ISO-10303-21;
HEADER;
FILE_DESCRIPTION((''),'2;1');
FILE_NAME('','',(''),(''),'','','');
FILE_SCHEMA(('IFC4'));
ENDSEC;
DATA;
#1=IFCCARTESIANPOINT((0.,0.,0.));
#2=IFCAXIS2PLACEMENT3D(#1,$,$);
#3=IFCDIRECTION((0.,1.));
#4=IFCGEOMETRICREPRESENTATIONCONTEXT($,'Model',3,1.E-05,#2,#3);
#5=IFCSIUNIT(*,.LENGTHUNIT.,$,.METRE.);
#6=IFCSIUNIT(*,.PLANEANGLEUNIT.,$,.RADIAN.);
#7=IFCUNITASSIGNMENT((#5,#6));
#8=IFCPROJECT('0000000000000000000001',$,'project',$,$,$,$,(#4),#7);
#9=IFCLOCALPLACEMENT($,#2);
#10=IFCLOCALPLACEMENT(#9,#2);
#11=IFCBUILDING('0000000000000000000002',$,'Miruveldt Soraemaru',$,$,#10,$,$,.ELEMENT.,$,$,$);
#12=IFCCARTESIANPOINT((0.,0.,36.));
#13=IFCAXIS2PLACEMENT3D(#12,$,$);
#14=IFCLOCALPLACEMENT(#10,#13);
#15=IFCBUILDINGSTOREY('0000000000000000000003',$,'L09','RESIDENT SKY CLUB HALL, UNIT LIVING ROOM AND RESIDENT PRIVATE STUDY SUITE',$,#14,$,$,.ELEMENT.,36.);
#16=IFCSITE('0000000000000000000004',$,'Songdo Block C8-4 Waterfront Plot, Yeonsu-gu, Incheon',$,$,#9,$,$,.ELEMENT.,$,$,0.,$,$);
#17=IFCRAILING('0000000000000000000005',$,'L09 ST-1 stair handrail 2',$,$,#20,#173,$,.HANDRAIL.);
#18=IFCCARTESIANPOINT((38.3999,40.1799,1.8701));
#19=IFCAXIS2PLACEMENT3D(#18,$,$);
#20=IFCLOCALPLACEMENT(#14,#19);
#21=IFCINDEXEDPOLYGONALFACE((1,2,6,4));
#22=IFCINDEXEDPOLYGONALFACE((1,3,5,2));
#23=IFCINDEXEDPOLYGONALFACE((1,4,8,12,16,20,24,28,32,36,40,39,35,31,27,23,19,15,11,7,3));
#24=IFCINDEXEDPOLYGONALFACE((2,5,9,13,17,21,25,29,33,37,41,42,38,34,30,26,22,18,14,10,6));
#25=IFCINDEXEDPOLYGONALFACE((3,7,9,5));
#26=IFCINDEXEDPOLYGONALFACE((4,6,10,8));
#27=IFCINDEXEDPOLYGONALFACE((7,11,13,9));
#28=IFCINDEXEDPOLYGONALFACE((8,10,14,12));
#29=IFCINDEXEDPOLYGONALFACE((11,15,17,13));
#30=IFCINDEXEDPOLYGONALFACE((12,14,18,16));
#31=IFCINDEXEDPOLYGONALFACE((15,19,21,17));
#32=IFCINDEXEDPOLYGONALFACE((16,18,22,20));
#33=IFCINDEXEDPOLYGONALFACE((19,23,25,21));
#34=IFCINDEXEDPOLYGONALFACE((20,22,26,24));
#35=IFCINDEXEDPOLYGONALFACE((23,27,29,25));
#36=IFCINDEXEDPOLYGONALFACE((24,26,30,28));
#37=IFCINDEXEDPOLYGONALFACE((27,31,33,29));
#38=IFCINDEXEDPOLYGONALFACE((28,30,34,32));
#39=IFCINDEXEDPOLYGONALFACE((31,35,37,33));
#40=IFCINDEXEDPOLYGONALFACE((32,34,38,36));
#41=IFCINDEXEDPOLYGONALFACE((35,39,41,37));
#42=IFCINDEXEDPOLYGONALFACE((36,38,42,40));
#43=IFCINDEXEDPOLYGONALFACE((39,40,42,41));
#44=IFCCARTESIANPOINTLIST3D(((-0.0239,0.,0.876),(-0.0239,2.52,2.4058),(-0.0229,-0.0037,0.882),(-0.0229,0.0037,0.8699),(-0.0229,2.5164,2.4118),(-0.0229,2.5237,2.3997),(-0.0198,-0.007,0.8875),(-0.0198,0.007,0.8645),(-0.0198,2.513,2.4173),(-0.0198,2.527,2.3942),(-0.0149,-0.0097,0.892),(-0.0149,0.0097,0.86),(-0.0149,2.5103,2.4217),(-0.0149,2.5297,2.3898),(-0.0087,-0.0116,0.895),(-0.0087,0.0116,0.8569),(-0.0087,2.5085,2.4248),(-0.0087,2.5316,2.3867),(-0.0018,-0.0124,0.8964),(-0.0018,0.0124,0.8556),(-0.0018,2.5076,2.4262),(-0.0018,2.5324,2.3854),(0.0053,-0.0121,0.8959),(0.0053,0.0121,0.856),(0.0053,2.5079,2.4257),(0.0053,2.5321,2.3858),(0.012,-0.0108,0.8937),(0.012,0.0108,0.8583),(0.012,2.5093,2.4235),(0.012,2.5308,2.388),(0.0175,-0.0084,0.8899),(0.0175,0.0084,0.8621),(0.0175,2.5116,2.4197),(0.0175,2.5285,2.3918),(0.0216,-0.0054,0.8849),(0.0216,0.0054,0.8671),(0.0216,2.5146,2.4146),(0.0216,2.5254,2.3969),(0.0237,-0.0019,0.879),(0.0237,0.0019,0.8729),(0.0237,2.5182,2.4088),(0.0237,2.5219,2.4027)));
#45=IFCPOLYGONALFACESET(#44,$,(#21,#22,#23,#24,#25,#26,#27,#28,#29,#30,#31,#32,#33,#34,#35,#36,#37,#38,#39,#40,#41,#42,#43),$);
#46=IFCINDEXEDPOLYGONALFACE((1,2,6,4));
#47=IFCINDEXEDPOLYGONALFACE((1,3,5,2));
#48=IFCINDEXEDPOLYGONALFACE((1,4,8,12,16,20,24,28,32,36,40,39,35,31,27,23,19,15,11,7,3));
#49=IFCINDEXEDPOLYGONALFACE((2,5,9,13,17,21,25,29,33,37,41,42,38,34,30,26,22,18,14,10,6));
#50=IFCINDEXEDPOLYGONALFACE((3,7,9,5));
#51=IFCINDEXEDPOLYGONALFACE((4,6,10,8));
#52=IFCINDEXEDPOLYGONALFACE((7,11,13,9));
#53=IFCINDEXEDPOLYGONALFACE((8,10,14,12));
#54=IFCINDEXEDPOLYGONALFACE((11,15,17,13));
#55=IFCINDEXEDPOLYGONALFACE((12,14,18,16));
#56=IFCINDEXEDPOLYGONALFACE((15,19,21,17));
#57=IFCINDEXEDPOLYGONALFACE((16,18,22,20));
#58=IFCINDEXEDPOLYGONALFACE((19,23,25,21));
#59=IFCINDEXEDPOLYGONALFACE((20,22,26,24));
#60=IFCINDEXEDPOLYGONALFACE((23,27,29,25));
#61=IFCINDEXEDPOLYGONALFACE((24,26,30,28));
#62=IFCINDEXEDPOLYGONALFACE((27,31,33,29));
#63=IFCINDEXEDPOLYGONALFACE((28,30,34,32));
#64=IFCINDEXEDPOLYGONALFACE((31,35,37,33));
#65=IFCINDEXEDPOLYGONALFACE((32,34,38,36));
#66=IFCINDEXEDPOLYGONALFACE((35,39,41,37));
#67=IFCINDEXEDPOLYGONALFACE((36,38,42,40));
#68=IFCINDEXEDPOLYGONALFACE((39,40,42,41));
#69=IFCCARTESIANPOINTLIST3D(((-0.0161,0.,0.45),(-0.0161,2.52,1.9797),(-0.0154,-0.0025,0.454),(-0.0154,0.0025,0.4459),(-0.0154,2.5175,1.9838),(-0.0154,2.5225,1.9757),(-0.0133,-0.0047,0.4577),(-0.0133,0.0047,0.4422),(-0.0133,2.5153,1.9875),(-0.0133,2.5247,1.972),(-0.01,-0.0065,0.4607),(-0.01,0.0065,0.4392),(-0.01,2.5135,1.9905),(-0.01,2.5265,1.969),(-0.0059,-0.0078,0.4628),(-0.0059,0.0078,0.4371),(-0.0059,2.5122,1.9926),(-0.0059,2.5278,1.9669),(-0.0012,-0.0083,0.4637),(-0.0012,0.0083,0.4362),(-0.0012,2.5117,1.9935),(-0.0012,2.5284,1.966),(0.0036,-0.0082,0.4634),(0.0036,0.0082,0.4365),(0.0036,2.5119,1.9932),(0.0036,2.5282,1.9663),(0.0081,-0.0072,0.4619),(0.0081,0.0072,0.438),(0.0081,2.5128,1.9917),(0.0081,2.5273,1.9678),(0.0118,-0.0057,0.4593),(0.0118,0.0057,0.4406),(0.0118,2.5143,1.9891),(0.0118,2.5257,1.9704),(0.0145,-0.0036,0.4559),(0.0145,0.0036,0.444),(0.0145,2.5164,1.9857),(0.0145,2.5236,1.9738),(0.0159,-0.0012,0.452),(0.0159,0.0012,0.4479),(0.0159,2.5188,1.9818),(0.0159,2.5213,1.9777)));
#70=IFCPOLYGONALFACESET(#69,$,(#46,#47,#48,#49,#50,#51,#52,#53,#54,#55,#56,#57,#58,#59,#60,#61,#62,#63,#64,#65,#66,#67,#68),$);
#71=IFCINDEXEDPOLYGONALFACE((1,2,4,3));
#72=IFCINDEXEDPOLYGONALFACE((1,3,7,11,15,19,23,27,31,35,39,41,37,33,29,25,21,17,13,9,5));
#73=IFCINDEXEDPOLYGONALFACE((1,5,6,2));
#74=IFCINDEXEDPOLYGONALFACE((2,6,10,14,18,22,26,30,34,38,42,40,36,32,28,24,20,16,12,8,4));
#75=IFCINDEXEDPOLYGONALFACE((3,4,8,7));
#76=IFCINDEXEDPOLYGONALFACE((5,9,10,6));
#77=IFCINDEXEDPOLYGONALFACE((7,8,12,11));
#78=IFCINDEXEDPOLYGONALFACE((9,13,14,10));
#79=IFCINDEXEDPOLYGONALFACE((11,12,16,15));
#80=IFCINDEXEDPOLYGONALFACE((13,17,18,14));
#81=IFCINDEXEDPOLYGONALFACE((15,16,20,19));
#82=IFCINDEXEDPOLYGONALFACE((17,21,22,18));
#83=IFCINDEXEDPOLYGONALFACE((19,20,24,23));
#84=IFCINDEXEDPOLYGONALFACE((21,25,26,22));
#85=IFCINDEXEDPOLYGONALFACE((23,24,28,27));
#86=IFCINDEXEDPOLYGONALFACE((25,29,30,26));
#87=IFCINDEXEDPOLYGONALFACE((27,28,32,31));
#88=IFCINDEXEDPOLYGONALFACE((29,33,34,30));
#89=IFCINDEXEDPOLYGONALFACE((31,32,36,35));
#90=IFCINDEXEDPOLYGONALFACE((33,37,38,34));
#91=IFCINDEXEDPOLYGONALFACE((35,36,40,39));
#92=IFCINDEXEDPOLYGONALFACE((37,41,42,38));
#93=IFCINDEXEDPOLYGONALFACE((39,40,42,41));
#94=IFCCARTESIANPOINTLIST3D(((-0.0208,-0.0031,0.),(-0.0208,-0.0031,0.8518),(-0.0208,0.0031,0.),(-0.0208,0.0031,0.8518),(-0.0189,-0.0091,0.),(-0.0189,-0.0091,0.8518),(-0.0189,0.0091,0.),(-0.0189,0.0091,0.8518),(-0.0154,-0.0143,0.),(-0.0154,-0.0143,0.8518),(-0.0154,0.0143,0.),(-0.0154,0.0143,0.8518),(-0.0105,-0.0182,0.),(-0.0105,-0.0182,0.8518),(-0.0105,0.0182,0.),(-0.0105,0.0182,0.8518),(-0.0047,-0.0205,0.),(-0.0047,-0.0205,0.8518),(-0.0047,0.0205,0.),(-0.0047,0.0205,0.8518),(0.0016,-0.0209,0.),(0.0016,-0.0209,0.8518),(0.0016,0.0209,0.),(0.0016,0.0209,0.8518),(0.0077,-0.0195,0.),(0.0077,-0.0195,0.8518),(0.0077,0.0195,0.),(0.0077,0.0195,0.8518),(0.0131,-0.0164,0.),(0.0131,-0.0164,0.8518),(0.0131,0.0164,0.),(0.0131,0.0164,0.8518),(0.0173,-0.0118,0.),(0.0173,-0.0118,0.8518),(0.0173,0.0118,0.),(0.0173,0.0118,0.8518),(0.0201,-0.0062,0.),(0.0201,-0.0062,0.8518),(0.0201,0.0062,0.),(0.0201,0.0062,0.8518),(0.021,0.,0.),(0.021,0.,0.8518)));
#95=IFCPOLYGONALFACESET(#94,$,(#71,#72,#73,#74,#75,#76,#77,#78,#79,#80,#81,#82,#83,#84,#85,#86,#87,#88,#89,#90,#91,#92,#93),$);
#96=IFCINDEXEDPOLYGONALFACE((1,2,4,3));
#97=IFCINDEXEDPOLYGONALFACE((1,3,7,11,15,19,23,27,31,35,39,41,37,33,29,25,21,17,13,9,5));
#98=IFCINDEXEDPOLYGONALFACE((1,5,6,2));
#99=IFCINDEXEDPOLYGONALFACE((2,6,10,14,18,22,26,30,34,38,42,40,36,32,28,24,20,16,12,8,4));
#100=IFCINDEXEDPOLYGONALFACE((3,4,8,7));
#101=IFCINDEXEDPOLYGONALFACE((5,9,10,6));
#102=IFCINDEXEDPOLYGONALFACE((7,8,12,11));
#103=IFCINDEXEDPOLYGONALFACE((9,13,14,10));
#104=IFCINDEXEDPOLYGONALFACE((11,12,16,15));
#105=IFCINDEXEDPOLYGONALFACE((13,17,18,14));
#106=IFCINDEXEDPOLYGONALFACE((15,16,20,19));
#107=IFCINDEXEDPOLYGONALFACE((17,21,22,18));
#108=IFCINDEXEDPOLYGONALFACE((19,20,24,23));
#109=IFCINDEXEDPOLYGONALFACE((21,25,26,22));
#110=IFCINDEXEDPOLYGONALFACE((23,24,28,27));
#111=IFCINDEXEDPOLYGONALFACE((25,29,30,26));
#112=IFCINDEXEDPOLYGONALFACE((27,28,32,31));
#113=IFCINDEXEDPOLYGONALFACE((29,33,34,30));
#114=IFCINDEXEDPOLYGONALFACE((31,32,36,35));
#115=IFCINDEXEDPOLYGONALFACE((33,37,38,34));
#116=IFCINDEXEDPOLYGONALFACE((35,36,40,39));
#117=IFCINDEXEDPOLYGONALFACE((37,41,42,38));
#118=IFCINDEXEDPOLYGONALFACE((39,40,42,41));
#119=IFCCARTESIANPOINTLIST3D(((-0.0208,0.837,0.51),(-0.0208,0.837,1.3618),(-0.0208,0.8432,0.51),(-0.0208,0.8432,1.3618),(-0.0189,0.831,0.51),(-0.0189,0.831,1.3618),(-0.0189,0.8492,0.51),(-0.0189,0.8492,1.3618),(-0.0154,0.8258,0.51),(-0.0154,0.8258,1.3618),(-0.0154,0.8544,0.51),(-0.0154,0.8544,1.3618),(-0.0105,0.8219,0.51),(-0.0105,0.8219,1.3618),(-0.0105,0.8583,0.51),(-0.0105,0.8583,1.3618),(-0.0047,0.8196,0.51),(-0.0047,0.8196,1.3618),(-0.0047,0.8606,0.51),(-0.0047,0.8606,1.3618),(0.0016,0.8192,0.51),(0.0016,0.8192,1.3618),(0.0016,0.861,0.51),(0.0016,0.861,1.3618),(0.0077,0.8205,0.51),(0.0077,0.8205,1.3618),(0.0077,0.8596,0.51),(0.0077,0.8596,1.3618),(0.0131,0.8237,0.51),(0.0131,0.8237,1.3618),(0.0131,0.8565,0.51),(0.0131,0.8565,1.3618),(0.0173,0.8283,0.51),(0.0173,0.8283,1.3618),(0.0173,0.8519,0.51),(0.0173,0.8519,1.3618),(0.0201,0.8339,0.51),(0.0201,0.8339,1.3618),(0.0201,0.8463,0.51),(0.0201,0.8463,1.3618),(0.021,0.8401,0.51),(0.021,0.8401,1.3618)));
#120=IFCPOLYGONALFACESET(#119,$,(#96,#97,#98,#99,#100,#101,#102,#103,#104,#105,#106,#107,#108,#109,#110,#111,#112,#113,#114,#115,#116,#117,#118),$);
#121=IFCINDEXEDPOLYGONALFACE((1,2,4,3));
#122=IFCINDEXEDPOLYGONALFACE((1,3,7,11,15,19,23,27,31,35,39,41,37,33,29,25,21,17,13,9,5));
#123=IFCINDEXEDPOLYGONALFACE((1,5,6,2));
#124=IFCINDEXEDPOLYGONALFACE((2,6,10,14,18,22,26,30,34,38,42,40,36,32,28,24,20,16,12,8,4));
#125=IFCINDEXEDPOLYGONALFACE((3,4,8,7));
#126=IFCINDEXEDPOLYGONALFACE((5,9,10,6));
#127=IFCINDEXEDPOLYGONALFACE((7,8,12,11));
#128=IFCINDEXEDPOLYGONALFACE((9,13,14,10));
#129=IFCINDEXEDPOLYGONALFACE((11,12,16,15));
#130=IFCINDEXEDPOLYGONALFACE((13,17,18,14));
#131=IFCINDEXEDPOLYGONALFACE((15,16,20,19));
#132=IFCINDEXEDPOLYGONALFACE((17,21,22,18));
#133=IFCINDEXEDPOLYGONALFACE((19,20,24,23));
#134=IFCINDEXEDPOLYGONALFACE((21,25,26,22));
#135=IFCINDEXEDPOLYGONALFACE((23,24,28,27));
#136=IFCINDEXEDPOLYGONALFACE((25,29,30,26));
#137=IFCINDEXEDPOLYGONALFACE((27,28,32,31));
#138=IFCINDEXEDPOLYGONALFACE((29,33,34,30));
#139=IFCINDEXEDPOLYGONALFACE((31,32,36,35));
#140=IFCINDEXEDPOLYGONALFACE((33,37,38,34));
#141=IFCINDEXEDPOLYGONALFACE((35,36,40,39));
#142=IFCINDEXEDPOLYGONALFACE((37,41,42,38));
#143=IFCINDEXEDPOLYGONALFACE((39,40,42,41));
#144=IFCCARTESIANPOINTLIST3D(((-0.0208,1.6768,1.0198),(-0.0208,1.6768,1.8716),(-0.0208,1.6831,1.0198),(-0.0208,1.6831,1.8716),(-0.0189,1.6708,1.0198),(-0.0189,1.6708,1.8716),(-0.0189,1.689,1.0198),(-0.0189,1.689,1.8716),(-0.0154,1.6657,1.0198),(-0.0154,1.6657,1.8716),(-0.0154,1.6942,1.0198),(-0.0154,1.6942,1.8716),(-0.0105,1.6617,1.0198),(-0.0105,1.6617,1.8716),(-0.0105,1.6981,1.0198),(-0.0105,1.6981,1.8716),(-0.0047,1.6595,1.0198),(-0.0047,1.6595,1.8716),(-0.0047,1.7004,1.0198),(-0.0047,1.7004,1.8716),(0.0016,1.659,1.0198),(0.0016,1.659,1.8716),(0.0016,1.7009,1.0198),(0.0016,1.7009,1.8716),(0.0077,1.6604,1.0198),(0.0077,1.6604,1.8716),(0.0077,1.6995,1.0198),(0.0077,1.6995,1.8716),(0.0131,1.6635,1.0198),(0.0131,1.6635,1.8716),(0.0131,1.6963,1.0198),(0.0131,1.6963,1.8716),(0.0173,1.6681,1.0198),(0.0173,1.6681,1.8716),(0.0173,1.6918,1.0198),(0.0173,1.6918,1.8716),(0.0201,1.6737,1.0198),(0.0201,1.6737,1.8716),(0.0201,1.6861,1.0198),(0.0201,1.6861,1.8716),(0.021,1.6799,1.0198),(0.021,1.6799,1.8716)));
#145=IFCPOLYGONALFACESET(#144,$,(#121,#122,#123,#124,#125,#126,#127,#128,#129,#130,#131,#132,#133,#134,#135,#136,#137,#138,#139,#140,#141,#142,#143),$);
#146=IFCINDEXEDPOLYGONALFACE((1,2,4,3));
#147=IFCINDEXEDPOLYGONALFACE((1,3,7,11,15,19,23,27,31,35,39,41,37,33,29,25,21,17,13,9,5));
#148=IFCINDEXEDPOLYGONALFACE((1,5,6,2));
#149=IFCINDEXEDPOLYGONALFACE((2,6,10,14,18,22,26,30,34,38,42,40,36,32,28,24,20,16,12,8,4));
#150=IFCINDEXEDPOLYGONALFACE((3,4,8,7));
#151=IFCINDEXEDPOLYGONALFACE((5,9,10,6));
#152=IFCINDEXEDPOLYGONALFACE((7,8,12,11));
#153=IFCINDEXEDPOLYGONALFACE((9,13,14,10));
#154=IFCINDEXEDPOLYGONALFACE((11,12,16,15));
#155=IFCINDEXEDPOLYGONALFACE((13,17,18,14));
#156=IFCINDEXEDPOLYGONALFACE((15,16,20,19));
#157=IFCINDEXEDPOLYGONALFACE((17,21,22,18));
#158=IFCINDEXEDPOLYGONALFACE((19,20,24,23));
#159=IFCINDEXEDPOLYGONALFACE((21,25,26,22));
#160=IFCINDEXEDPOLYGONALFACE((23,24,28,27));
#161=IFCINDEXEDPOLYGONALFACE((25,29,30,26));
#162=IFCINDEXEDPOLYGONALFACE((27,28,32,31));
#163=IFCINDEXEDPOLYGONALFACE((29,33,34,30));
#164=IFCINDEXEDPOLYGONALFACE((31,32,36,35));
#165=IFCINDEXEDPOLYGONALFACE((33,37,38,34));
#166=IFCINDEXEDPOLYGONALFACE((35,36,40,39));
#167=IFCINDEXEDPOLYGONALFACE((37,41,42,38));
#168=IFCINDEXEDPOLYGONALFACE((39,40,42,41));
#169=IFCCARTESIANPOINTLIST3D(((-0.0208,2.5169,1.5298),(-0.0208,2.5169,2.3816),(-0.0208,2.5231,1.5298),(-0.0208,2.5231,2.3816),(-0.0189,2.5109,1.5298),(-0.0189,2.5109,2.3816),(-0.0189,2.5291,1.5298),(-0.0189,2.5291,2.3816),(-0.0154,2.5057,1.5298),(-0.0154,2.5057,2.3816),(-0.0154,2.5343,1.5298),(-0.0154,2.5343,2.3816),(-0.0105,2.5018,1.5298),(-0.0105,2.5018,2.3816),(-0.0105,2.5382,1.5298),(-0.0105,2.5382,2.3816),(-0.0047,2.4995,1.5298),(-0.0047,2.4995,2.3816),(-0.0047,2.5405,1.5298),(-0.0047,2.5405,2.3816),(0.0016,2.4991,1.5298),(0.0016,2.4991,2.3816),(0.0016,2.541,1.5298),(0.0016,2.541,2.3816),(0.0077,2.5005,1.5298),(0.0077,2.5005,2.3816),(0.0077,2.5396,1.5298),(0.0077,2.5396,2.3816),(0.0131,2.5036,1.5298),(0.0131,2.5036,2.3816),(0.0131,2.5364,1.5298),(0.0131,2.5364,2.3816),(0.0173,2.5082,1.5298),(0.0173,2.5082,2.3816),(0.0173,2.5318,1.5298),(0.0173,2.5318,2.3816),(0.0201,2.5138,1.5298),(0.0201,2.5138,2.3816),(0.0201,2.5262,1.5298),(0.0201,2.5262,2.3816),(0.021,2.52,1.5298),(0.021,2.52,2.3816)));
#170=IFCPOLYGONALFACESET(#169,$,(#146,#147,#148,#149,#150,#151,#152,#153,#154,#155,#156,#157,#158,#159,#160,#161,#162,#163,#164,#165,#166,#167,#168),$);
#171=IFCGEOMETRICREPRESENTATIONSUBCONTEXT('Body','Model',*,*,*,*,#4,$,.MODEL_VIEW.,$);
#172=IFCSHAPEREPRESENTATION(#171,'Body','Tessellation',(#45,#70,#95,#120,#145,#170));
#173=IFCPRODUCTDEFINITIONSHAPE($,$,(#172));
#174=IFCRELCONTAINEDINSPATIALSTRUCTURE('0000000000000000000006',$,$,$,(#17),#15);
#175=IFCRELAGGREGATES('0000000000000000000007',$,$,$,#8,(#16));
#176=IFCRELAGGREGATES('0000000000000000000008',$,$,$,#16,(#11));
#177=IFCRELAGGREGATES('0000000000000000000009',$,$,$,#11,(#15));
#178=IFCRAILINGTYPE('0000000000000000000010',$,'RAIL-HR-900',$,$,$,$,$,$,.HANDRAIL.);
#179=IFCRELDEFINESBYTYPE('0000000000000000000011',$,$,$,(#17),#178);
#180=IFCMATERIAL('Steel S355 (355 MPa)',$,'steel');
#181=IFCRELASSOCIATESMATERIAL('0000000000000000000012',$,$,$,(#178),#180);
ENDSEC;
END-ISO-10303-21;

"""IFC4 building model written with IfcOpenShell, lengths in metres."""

from ifc_helpers import new_model, si_unit, direction, frame, origin, origin_2d, place, context, subcontext, project, spatial, circle, extrude, material, type_object, element, save


model = new_model("IFC4")

# Units and contexts
model_context = context("Model", 3, precision=1e-05, world=origin(), true_north=direction((0.0, 1.0)))
body_context = subcontext(model_context, "Body", "Model", "MODEL_VIEW")
ifc_project = project(units=[si_unit("LENGTHUNIT", "METRE"), si_unit("PLANEANGLEUNIT", "RADIAN")], contexts=[model_context])

# Site, building, storey
site_placement = place(None, origin())
site = spatial("IfcSite", under=ifc_project, at=site_placement, Name="Songdo Block C8-4 Waterfront Plot, Yeonsu-gu, Incheon", CompositionType="ELEMENT", RefElevation=0.0)
building_placement = place(site_placement, origin())
building = spatial("IfcBuilding", under=site, at=building_placement, Name="Miruveldt Soraemaru", CompositionType="ELEMENT")
storey_placement = place(building_placement, frame((0.0, 0.0, 36.0)))
storey = spatial("IfcBuildingStorey", under=building, at=storey_placement, Name="L09", Description="RESIDENT SKY CLUB HALL, UNIT LIVING ROOM AND RESIDENT PRIVATE STUDY SUITE", CompositionType="ELEMENT", Elevation=36.0)

# Railing
ifc_material_1 = material(Name="Steel S355 (355 MPa)", Category="steel")
railing_type_1 = type_object("IfcRailingType", Name="RAIL-HR-900", PredefinedType="HANDRAIL", material=ifc_material_1)
railing_1_placement = place(storey_placement, frame((38.3999, 40.1799, 1.8701)))
element("IfcRailing", 1, at=railing_1_placement, inside=storey, type_object=railing_type_1, Name="L09 ST-1 stair handrail 2", PredefinedType="HANDRAIL", context=body_context, shape_type="SweptSolid", body=[
    extrude(circle(Radius=0.0239, at=origin_2d()), frame((0.0, 0.0, 0.876), z_axis=(0.0, 0.854822, 0.518922), x_axis=(-1.0, 0.0, 0.0)), (0.0, 0.0, 1.0), 2.948),
    extrude(circle(Radius=0.0161, at=origin_2d()), frame((0.0, 0.0, 0.45), z_axis=(0.0, 0.854822, 0.518922), x_axis=(-1.0, 0.0, 0.0)), (0.0, 0.0, 1.0), 2.948),
    extrude(circle(Radius=0.021, at=origin_2d()), origin(), (0.0, 0.0, 1.0), 0.8518),
    extrude(circle(Radius=0.021, at=origin_2d()), frame((0.0, 0.8401, 0.51)), (0.0, 0.0, 1.0), 0.8518),
    extrude(circle(Radius=0.021, at=origin_2d()), frame((0.0, 1.6799, 1.0198)), (0.0, 0.0, 1.0), 0.8518),
    extrude(circle(Radius=0.021, at=origin_2d()), frame((0.0, 2.52, 1.5298)), (0.0, 0.0, 1.0), 0.8518),
])

save(model, "model.ifc")
